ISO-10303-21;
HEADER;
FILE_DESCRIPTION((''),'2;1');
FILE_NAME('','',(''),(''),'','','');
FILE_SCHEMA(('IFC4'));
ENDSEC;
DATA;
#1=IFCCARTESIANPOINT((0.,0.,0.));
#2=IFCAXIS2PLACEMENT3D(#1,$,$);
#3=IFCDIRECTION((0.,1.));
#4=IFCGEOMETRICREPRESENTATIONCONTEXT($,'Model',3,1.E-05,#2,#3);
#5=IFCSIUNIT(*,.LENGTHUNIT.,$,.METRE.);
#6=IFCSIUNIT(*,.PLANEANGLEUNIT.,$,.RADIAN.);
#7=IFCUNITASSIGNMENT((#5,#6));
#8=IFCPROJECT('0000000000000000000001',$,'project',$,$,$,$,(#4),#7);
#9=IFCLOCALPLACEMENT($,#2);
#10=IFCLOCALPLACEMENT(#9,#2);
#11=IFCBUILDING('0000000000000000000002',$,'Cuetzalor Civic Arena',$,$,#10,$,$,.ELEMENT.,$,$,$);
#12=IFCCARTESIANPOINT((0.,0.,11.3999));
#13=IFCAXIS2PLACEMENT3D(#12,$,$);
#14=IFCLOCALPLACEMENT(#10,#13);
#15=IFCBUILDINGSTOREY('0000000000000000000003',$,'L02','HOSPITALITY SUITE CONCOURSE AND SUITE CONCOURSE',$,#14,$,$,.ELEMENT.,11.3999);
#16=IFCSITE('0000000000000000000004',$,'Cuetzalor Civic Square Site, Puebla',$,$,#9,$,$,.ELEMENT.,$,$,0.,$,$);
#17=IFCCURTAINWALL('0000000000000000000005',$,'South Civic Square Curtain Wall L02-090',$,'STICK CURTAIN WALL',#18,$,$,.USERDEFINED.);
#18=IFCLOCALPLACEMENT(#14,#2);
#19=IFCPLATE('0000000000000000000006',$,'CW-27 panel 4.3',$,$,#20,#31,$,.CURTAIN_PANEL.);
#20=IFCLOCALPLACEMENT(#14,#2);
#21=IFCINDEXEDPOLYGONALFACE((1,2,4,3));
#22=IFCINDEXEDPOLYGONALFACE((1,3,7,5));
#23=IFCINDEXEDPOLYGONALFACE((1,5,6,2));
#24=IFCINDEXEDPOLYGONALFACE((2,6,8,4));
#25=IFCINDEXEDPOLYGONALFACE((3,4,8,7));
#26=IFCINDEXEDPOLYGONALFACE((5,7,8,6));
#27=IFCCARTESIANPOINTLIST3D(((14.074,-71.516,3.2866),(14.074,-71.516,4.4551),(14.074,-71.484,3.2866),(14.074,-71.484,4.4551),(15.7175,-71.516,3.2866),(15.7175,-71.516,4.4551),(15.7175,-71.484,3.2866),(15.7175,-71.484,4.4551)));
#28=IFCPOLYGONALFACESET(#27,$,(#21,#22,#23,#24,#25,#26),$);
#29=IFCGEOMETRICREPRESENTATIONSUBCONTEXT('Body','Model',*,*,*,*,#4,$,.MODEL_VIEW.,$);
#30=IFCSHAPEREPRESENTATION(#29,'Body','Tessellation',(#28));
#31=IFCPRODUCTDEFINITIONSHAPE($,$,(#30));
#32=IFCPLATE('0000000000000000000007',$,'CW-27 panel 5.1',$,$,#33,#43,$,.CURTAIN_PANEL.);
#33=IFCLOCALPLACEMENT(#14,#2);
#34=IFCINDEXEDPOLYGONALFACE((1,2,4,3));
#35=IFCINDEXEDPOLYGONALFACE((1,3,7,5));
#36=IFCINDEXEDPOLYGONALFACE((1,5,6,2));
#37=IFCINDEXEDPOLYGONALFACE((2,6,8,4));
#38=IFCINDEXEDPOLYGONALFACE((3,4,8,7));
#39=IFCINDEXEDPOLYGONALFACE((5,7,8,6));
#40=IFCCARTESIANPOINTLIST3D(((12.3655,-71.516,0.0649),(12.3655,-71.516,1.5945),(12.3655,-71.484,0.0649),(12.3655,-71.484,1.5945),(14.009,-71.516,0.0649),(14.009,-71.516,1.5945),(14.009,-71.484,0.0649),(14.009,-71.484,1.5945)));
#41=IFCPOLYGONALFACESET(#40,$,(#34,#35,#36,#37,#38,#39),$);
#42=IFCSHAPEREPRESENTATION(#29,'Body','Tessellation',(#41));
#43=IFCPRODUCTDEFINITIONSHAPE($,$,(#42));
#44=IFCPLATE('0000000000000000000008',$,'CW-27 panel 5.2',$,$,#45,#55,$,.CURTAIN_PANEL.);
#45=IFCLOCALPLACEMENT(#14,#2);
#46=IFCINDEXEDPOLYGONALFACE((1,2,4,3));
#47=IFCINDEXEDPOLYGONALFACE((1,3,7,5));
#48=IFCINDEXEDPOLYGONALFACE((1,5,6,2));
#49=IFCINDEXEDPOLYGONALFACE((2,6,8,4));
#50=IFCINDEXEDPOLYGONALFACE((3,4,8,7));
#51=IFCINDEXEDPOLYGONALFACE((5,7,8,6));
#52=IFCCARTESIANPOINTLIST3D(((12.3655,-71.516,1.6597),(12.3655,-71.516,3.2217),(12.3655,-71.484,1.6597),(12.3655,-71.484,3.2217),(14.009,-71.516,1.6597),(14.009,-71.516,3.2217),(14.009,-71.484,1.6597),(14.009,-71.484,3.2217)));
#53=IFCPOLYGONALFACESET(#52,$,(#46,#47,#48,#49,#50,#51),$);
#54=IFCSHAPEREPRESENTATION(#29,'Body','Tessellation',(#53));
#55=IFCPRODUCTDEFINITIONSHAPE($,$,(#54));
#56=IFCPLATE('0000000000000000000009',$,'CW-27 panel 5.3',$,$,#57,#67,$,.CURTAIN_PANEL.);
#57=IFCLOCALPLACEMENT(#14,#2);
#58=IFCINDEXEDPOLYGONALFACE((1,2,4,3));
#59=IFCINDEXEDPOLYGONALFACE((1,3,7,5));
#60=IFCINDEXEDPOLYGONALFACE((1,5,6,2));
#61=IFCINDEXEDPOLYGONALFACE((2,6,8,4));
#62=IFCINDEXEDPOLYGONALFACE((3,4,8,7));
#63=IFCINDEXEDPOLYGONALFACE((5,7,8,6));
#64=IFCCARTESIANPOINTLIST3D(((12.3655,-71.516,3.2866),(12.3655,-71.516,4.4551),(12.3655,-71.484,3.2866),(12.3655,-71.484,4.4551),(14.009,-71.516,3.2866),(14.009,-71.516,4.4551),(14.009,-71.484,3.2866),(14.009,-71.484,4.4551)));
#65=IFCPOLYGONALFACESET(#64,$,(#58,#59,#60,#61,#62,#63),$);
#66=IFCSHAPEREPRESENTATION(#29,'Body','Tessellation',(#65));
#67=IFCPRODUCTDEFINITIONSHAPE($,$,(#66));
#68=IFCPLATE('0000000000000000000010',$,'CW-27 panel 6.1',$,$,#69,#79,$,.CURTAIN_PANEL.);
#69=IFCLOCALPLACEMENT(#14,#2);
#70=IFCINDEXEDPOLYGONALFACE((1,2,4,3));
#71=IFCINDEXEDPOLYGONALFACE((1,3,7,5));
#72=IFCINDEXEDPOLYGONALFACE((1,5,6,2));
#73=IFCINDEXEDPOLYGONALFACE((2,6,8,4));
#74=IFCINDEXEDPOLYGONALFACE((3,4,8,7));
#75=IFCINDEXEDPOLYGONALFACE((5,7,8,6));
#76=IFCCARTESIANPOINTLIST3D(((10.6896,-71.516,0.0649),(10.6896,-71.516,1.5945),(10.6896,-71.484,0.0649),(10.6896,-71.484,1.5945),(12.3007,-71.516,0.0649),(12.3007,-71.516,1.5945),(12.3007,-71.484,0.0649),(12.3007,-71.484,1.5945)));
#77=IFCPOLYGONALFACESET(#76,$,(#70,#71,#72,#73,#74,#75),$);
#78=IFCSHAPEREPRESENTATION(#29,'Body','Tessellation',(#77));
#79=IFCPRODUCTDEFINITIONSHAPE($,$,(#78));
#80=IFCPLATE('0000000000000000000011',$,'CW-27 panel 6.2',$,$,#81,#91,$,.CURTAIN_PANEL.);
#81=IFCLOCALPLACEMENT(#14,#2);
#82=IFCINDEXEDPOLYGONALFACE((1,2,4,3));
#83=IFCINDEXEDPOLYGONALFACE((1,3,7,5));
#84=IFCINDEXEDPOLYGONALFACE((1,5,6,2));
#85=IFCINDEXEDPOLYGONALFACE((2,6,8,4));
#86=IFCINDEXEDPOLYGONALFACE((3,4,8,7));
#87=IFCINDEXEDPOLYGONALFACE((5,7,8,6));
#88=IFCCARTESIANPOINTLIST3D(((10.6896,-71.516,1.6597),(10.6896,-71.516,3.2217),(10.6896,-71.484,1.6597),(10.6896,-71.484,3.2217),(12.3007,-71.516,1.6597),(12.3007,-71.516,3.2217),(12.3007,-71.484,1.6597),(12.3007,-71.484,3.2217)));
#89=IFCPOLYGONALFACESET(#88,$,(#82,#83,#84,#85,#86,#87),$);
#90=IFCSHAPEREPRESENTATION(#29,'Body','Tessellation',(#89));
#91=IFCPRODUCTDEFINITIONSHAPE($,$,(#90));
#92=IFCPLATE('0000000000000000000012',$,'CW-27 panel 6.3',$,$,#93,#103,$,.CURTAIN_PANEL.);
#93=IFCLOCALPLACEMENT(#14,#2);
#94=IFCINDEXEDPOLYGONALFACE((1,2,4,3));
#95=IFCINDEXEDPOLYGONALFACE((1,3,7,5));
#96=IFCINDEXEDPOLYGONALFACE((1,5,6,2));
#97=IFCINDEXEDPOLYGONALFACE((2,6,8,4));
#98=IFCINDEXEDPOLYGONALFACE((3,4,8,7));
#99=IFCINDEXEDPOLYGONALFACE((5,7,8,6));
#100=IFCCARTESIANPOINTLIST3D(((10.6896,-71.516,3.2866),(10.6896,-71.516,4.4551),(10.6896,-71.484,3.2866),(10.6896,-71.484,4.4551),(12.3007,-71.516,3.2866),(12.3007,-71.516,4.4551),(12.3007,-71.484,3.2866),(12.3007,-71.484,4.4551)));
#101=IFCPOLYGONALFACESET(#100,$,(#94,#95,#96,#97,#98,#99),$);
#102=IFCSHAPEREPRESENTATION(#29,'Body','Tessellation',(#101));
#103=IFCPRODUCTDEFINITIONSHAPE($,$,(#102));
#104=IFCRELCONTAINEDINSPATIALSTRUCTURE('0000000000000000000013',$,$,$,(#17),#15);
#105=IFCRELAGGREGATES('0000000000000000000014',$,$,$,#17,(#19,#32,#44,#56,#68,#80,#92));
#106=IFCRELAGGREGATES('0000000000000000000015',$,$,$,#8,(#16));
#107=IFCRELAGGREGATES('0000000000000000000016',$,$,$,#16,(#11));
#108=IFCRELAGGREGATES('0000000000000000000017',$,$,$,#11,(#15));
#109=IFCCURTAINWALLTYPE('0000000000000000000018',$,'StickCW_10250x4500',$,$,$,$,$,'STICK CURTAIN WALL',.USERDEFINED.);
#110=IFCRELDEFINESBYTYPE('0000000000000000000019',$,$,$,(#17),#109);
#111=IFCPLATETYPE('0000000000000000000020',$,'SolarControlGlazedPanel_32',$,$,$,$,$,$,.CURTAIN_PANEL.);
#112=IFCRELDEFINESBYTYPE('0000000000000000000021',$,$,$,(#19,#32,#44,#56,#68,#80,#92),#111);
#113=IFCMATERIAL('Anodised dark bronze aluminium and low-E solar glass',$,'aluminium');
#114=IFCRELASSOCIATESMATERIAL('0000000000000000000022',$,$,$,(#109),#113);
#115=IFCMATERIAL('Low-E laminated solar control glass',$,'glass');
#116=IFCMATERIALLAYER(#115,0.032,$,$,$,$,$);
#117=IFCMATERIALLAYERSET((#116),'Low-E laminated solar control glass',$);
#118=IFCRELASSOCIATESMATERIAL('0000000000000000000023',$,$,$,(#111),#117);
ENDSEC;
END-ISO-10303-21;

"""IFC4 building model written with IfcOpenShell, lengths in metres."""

from ifc_helpers import new_model, si_unit, direction, frame, origin, origin_2d, place, context, subcontext, project, spatial, rectangle, extrude, material, layer, layer_set, type_object, element, aggregate, save


model = new_model("IFC4")

# Units and contexts
model_context = context("Model", 3, precision=1e-05, world=origin(), true_north=direction((0.0, 1.0)))
body_context = subcontext(model_context, "Body", "Model", "MODEL_VIEW")
ifc_project = project(units=[si_unit("LENGTHUNIT", "METRE"), si_unit("PLANEANGLEUNIT", "RADIAN")], contexts=[model_context])

# Site, building, storey
site_placement = place(None, origin())
site = spatial("IfcSite", under=ifc_project, at=site_placement, Name="Cuetzalor Civic Square Site, Puebla", CompositionType="ELEMENT", RefElevation=0.0)
building_placement = place(site_placement, origin())
building = spatial("IfcBuilding", under=site, at=building_placement, Name="Cuetzalor Civic Arena", CompositionType="ELEMENT")
storey_placement = place(building_placement, frame((0.0, 0.0, 11.3999)))
storey = spatial("IfcBuildingStorey", under=building, at=storey_placement, Name="L02", Description="HOSPITALITY SUITE CONCOURSE AND SUITE CONCOURSE", CompositionType="ELEMENT", Elevation=11.3999)

# Curtain wall, plates
ifc_material_1 = material(Name="Anodised dark bronze aluminium and low-E solar glass", Category="aluminium")
curtain_wall_type = type_object("IfcCurtainWallType", Name="StickCW_10250x4500", ElementType="STICK CURTAIN WALL", PredefinedType="USERDEFINED", material=ifc_material_1)
curtain_wall_placement = place(storey_placement, origin())
curtain_wall = element("IfcCurtainWall", 1, at=curtain_wall_placement, inside=storey, type_object=curtain_wall_type, Name="South Civic Square Curtain Wall L02-090", ObjectType="STICK CURTAIN WALL", PredefinedType="USERDEFINED")
ifc_material_2 = material(Name="Low-E laminated solar control glass", Category="glass")
ifc_layer = layer(ifc_material_2, 0.032)
ifc_layer_set = layer_set([ifc_layer], Name="Low-E laminated solar control glass")
plate_type = type_object("IfcPlateType", Name="SolarControlGlazedPanel_32", PredefinedType="CURTAIN_PANEL", material=ifc_layer_set)
plate_1_placement = place(storey_placement, frame((14.8958, -71.5, 3.2866), z_axis=(0.0, 0.0, 1.0), x_axis=(-1.0, 0.0, 0.0)))
plate_1 = element("IfcPlate", 2, at=plate_1_placement, type_object=plate_type, Name="CW-27 panel 4.3", PredefinedType="CURTAIN_PANEL", context=body_context, shape_type="SweptSolid", body=[
    extrude(rectangle(XDim=1.6436, YDim=0.032, at=origin_2d()), origin(), (0.0, 0.0, 1.0), 1.1685),
])
plate_2_placement = place(storey_placement, frame((13.1873, -71.5, 0.0649), z_axis=(0.0, 0.0, 1.0), x_axis=(-1.0, 0.0, 0.0)))
plate_2 = element("IfcPlate", 3, at=plate_2_placement, type_object=plate_type, Name="CW-27 panel 5.1", PredefinedType="CURTAIN_PANEL", context=body_context, shape_type="SweptSolid", body=[
    extrude(rectangle(XDim=1.6436, YDim=0.032, at=origin_2d()), origin(), (0.0, 0.0, 1.0), 1.5295),
])
plate_3_placement = place(storey_placement, frame((13.1873, -71.5, 1.6597), z_axis=(0.0, 0.0, 1.0), x_axis=(-1.0, 0.0, 0.0)))
plate_3 = element("IfcPlate", 4, at=plate_3_placement, type_object=plate_type, Name="CW-27 panel 5.2", PredefinedType="CURTAIN_PANEL", context=body_context, shape_type="SweptSolid", body=[
    extrude(rectangle(XDim=1.6436, YDim=0.032, at=origin_2d()), origin(), (0.0, 0.0, 1.0), 1.562),
])
plate_4_placement = place(storey_placement, frame((13.1873, -71.5, 3.2866), z_axis=(0.0, 0.0, 1.0), x_axis=(-1.0, 0.0, 0.0)))
plate_4 = element("IfcPlate", 5, at=plate_4_placement, type_object=plate_type, Name="CW-27 panel 5.3", PredefinedType="CURTAIN_PANEL", context=body_context, shape_type="SweptSolid", body=[
    extrude(rectangle(XDim=1.6436, YDim=0.032, at=origin_2d()), origin(), (0.0, 0.0, 1.0), 1.1685),
])
plate_5_placement = place(storey_placement, frame((11.4951, -71.5, 0.0649), z_axis=(0.0, 0.0, 1.0), x_axis=(-1.0, 0.0, 0.0)))
plate_5 = element("IfcPlate", 6, at=plate_5_placement, type_object=plate_type, Name="CW-27 panel 6.1", PredefinedType="CURTAIN_PANEL", context=body_context, shape_type="SweptSolid", body=[
    extrude(rectangle(XDim=1.6111, YDim=0.032, at=origin_2d()), origin(), (0.0, 0.0, 1.0), 1.5295),
])
plate_6_placement = place(storey_placement, frame((11.4951, -71.5, 1.6597), z_axis=(0.0, 0.0, 1.0), x_axis=(-1.0, 0.0, 0.0)))
plate_6 = element("IfcPlate", 7, at=plate_6_placement, type_object=plate_type, Name="CW-27 panel 6.2", PredefinedType="CURTAIN_PANEL", context=body_context, shape_type="SweptSolid", body=[
    extrude(rectangle(XDim=1.6111, YDim=0.032, at=origin_2d()), origin(), (0.0, 0.0, 1.0), 1.562),
])
plate_7_placement = place(storey_placement, frame((11.4951, -71.5, 3.2866), z_axis=(0.0, 0.0, 1.0), x_axis=(-1.0, 0.0, 0.0)))
plate_7 = element("IfcPlate", 8, at=plate_7_placement, type_object=plate_type, Name="CW-27 panel 6.3", PredefinedType="CURTAIN_PANEL", context=body_context, shape_type="SweptSolid", body=[
    extrude(rectangle(XDim=1.6111, YDim=0.032, at=origin_2d()), origin(), (0.0, 0.0, 1.0), 1.1685),
])
aggregate(curtain_wall, [plate_1, plate_2, plate_3, plate_4, plate_5, plate_6, plate_7])

save(model, "model.ifc")
